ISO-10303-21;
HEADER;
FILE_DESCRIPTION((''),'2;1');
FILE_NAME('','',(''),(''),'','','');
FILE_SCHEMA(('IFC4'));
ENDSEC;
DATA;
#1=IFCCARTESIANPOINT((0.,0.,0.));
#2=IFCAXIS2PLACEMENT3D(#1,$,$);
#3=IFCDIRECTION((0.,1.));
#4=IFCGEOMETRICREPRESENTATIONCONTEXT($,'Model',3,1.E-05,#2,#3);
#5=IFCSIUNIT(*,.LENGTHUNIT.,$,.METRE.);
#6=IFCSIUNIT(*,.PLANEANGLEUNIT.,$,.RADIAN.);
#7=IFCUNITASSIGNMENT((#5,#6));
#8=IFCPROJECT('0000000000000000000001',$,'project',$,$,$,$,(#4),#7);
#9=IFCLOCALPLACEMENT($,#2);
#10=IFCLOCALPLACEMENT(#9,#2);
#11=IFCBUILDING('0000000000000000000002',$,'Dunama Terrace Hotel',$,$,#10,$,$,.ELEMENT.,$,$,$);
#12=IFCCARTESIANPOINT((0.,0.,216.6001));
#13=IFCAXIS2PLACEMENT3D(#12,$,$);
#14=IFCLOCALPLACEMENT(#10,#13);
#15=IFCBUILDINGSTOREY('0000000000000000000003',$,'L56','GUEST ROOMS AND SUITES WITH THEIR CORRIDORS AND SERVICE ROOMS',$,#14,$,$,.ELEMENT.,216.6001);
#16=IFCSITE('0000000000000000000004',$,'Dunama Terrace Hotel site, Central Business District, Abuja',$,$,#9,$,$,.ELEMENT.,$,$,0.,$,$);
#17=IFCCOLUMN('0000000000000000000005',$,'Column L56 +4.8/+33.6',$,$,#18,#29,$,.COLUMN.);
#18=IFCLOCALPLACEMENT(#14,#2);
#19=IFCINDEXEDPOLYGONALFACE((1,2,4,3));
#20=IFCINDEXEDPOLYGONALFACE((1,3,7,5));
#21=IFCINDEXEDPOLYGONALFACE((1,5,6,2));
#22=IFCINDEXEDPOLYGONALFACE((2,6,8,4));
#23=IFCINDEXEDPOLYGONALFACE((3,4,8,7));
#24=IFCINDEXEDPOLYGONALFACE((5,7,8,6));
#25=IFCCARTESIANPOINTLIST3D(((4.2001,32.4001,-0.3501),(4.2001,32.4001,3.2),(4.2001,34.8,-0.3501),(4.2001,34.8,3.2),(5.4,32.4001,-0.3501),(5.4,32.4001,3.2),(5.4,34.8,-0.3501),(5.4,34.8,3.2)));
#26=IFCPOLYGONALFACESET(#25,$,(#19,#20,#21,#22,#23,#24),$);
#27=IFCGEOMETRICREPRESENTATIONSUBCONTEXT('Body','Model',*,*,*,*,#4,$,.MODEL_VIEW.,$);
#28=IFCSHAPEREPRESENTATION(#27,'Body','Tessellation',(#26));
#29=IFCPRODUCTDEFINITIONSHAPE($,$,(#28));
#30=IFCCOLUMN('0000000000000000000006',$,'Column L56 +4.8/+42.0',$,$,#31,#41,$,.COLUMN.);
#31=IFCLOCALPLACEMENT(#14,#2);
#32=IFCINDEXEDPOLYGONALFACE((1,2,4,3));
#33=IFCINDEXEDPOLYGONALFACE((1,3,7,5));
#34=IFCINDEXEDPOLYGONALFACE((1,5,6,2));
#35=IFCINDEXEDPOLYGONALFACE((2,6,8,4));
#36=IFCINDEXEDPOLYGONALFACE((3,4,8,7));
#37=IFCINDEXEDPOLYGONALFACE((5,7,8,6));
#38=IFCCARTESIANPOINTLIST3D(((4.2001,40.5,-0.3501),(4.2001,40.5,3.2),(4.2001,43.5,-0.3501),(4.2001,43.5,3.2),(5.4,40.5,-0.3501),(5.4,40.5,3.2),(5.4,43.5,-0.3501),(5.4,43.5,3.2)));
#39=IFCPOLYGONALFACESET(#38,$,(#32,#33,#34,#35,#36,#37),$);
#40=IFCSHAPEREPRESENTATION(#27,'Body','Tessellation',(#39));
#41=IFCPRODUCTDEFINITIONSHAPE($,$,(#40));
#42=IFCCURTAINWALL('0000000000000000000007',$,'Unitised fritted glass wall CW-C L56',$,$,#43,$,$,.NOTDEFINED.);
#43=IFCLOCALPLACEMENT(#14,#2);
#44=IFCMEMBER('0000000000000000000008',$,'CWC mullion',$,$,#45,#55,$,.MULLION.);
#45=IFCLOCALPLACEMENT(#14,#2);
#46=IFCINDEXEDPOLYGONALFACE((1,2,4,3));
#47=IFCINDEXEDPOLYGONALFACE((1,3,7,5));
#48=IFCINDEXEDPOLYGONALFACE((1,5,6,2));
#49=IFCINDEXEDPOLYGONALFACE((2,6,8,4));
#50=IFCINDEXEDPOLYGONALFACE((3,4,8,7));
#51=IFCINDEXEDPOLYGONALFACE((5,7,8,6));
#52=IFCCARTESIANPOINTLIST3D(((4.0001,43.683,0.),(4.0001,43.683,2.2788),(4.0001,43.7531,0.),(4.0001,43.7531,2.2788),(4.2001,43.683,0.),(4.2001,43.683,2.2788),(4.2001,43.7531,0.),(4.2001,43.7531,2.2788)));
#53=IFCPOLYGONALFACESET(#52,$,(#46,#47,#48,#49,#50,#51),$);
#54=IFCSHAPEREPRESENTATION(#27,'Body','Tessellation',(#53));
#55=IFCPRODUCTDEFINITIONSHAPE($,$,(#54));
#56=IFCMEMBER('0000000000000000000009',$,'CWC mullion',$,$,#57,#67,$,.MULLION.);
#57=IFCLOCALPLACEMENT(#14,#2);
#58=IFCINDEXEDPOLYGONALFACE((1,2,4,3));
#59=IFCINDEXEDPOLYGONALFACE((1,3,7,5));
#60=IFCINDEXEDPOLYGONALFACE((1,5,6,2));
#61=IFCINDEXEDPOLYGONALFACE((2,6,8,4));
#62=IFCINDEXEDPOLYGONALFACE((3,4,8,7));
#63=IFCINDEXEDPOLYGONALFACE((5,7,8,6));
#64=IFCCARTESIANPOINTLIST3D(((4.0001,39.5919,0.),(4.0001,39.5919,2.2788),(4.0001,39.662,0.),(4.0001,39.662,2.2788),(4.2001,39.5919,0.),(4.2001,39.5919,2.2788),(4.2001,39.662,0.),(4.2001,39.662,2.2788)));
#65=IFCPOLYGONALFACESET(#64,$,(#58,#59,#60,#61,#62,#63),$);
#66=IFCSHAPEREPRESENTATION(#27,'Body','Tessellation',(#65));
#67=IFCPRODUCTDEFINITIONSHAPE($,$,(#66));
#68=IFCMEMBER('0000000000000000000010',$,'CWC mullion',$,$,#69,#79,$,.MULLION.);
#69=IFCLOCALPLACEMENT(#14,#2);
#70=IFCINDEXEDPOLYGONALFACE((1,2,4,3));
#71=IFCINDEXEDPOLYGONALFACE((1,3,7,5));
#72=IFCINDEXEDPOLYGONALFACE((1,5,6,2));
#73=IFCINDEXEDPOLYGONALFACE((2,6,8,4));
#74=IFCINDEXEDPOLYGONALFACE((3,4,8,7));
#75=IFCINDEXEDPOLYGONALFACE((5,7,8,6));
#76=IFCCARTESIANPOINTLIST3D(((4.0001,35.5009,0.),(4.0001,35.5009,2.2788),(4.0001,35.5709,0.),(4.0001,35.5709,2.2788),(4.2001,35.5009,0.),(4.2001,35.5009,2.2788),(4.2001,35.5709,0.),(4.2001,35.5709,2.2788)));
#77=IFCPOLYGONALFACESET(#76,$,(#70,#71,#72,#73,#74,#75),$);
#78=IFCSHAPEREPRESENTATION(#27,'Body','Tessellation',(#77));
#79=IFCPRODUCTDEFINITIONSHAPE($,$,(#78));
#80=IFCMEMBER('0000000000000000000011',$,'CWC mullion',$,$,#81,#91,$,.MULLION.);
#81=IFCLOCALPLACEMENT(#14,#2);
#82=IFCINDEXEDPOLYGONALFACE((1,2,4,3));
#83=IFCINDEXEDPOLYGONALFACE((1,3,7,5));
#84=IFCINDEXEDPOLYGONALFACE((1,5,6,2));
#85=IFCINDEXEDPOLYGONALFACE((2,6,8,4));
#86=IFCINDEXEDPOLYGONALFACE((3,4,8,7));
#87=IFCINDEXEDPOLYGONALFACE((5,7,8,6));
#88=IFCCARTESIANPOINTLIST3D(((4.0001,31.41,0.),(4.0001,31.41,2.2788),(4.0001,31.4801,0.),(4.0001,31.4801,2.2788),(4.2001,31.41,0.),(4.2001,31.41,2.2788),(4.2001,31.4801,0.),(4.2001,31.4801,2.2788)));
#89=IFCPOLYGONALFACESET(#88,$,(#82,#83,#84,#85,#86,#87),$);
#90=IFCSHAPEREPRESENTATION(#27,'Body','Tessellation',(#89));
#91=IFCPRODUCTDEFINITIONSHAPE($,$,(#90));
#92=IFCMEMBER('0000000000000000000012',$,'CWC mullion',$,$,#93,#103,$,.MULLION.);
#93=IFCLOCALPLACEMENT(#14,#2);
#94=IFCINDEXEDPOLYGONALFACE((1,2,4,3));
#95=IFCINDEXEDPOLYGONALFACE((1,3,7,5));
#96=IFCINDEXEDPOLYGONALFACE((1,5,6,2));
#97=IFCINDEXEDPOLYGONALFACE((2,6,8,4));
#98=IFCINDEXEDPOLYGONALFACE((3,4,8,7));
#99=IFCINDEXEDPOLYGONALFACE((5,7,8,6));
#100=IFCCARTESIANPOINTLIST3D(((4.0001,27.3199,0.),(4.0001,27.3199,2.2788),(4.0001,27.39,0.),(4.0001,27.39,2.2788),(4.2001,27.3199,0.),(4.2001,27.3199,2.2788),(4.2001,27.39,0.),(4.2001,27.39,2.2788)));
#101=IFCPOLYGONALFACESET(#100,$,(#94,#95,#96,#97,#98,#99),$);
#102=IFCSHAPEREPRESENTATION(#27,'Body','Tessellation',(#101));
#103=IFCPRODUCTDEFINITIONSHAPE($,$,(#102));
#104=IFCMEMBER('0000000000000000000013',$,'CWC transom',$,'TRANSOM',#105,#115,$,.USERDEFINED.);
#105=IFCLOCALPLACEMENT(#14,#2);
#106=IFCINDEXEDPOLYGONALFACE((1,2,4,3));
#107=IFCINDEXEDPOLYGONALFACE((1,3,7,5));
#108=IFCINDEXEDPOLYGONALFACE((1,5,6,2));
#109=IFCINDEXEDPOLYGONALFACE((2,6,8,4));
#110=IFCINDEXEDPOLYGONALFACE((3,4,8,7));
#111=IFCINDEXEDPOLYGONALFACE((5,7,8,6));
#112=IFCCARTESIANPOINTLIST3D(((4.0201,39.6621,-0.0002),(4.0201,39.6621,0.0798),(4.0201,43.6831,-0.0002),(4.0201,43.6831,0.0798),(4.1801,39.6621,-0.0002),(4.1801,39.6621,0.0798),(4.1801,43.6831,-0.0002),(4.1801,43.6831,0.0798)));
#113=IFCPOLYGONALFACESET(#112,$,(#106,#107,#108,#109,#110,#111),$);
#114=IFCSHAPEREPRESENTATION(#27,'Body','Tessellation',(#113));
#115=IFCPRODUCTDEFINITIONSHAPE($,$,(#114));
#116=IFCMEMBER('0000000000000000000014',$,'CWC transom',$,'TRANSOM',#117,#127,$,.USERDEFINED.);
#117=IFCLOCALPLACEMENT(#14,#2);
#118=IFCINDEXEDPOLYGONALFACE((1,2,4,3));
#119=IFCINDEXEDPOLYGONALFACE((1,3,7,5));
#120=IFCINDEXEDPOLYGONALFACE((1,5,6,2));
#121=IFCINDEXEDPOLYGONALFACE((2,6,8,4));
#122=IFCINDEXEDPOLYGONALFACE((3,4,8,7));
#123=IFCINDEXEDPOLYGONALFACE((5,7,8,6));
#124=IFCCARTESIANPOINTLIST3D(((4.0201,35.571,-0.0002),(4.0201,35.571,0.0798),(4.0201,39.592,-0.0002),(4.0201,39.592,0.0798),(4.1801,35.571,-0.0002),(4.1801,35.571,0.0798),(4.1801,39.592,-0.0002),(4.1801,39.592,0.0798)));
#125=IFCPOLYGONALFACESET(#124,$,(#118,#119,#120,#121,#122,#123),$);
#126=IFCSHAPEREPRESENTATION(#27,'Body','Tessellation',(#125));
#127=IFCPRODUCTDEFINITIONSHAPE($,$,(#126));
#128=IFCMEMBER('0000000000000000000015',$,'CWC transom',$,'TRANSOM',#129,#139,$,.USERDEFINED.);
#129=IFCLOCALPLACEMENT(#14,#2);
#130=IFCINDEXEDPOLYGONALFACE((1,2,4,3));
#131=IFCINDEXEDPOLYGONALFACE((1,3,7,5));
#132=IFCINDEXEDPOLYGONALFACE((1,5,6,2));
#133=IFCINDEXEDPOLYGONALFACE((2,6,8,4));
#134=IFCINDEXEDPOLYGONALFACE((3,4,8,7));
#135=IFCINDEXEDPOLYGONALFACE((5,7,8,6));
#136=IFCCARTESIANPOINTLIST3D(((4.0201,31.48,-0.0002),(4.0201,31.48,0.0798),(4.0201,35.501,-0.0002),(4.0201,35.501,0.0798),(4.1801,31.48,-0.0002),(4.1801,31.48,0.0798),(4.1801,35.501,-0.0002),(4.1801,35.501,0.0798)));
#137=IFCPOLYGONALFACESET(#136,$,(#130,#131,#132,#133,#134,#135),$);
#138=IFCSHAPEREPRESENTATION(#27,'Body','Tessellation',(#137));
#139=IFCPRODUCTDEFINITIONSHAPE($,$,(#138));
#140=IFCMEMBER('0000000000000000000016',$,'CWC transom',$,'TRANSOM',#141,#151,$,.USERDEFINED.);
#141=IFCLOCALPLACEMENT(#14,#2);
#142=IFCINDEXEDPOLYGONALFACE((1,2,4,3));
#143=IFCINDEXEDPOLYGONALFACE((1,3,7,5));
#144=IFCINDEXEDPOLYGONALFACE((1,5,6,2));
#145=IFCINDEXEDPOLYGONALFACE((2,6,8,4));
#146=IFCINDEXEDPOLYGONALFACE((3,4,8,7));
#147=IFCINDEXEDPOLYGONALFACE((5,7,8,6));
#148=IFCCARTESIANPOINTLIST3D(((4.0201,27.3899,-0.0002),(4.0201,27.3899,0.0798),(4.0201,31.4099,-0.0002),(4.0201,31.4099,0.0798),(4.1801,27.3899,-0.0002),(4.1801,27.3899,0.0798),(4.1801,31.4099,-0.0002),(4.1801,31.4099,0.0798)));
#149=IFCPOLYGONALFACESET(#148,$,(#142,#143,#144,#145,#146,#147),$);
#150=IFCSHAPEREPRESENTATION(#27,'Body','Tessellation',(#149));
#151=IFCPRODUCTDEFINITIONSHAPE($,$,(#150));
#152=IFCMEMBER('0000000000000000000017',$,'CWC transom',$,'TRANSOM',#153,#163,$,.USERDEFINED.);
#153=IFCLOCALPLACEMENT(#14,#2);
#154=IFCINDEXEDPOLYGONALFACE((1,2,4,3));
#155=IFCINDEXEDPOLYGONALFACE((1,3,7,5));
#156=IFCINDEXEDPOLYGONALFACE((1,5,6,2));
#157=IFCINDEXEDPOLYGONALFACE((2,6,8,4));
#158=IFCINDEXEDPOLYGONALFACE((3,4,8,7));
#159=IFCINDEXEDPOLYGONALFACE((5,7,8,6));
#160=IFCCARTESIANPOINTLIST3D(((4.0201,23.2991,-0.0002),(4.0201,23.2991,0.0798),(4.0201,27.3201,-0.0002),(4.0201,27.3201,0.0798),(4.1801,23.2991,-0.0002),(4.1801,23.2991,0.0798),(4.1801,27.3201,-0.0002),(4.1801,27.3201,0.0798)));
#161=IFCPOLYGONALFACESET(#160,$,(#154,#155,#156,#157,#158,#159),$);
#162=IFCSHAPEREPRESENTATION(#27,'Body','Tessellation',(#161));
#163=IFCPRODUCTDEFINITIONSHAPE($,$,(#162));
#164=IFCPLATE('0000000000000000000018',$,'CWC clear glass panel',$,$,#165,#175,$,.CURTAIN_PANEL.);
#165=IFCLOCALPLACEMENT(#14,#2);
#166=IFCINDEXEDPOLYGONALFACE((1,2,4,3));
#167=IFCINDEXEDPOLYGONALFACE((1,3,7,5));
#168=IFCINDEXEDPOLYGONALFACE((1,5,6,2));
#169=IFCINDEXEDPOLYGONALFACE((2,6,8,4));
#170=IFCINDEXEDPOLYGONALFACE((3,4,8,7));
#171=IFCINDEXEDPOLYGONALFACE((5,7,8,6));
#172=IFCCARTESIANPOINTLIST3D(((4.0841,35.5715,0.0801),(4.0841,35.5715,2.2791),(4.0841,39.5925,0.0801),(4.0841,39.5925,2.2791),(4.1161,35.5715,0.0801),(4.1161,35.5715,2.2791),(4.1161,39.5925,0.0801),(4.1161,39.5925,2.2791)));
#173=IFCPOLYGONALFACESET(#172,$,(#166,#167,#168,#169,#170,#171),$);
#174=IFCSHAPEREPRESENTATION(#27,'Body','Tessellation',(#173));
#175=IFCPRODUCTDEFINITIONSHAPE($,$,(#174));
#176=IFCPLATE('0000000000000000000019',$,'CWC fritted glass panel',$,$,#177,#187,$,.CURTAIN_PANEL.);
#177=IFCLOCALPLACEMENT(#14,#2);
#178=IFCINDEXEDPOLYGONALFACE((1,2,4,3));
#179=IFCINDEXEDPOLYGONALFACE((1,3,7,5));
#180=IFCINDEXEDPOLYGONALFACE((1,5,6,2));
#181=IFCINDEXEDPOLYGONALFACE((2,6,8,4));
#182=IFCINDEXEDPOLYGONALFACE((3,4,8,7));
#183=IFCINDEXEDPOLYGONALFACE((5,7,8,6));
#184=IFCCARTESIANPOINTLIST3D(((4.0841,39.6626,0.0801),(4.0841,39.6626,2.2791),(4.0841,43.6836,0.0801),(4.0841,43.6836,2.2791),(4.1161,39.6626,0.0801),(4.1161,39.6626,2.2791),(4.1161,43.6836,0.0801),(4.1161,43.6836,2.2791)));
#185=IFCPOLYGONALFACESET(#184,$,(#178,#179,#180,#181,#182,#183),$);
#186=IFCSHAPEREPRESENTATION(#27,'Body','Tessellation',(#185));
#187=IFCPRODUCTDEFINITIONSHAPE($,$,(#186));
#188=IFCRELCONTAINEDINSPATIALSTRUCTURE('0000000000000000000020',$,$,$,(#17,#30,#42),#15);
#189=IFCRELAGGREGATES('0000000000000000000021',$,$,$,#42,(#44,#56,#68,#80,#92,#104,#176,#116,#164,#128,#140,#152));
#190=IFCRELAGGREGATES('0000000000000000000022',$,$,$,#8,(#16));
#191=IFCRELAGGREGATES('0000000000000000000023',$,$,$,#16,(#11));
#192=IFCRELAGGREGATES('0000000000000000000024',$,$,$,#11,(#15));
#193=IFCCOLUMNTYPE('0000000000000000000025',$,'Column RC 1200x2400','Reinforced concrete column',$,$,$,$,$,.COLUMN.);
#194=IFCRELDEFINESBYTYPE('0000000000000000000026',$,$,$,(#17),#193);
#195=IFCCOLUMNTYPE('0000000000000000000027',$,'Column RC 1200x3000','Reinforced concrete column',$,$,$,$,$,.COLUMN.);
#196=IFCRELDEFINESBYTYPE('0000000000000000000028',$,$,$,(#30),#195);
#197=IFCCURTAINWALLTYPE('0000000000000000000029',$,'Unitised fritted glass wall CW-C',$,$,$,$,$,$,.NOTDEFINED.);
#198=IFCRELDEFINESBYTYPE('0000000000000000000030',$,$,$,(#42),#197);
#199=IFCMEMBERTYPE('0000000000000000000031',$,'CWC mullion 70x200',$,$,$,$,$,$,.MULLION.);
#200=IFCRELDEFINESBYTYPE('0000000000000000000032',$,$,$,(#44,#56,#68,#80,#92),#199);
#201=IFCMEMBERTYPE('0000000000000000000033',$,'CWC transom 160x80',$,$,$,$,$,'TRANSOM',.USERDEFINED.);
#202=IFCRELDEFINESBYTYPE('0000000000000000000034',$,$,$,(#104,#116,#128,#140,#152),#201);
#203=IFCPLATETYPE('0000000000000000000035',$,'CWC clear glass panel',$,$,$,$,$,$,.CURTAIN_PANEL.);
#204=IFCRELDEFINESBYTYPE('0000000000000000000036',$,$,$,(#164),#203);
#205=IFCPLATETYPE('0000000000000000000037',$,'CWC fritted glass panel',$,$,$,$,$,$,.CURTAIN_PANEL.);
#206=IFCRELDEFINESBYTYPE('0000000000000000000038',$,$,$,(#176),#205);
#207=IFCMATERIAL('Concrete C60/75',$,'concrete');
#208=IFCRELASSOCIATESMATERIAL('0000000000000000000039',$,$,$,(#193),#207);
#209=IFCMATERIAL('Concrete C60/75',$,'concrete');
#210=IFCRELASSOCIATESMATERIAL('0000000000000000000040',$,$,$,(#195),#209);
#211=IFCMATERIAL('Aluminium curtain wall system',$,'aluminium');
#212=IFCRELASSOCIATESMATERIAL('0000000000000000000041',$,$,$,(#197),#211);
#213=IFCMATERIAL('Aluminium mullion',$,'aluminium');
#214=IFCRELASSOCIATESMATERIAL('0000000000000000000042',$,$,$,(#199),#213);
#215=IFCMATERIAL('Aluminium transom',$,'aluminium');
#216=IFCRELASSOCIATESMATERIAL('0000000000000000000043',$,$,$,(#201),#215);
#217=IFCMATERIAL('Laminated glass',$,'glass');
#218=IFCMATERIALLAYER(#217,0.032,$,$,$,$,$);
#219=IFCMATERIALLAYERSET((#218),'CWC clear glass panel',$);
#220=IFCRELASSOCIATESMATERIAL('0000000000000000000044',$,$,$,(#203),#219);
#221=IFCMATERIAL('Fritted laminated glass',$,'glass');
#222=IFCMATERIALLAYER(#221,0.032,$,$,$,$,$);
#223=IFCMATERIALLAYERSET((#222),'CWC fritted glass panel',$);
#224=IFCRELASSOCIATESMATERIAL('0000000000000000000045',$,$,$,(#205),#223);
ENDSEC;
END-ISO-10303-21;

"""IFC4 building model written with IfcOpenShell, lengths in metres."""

from ifc_helpers import new_model, si_unit, direction, frame, origin, origin_2d, place, context, subcontext, project, spatial, rectangle, extrude, material, layer, layer_set, material_profile, profile_set, type_object, element, aggregate, save


model = new_model("IFC4")

# Units and contexts
model_context = context("Model", 3, precision=1e-05, world=origin(), true_north=direction((0.0, 1.0)))
body_context = subcontext(model_context, "Body", "Model", "MODEL_VIEW")
ifc_project = project(units=[si_unit("LENGTHUNIT", "METRE"), si_unit("PLANEANGLEUNIT", "RADIAN")], contexts=[model_context])

# Site, building, storey
site_placement = place(None, origin())
site = spatial("IfcSite", under=ifc_project, at=site_placement, Name="Dunama Terrace Hotel site, Central Business District, Abuja", CompositionType="ELEMENT", RefElevation=0.0)
building_placement = place(site_placement, origin())
building = spatial("IfcBuilding", under=site, at=building_placement, Name="Dunama Terrace Hotel", CompositionType="ELEMENT")
storey_placement = place(building_placement, frame((0.0, 0.0, 216.6001)))
storey = spatial("IfcBuildingStorey", under=building, at=storey_placement, Name="L56", Description="GUEST ROOMS AND SUITES WITH THEIR CORRIDORS AND SERVICE ROOMS", CompositionType="ELEMENT", Elevation=216.6001)

# Columns
ifc_material_1 = material(Name="Concrete C60/75", Category="concrete")
ifc_material_profile_1 = material_profile(ifc_material_1, rectangle(XDim=1.2, YDim=2.3999, at=origin_2d()), Name="RC 1200x2400")
ifc_profile_set_1 = profile_set([ifc_material_profile_1], Name="Concrete C60/75")
column_type_1 = type_object("IfcColumnType", Name="Column RC 1200x2400", Description="Reinforced concrete column", PredefinedType="COLUMN", material=ifc_profile_set_1)
column_1_placement = place(storey_placement, frame((4.8, 33.6001, -0.3501), z_axis=(0.0, 0.0, 1.0), x_axis=(1.0, 0.0, 0.0)))
element("IfcColumn", 1, at=column_1_placement, inside=storey, type_object=column_type_1, Name="Column L56 +4.8/+33.6", PredefinedType="COLUMN", context=body_context, shape_type="SweptSolid", body=[
    extrude(rectangle(XDim=1.2, YDim=2.3999, at=origin_2d()), origin(), (0.0, 0.0, 1.0), 3.55),
])
ifc_material_2 = material(Name="Concrete C60/75", Category="concrete")
ifc_material_profile_2 = material_profile(ifc_material_2, rectangle(XDim=1.2, YDim=3.0, at=origin_2d()), Name="RC 1200x3000")
ifc_profile_set_2 = profile_set([ifc_material_profile_2], Name="Concrete C60/75")
column_type_2 = type_object("IfcColumnType", Name="Column RC 1200x3000", Description="Reinforced concrete column", PredefinedType="COLUMN", material=ifc_profile_set_2)
column_2_placement = place(storey_placement, frame((4.8, 42.0, -0.3501), z_axis=(0.0, 0.0, 1.0), x_axis=(1.0, 0.0, 0.0)))
element("IfcColumn", 2, at=column_2_placement, inside=storey, type_object=column_type_2, Name="Column L56 +4.8/+42.0", PredefinedType="COLUMN", context=body_context, shape_type="SweptSolid", body=[
    extrude(rectangle(XDim=1.2, YDim=3.0, at=origin_2d()), origin(), (0.0, 0.0, 1.0), 3.55),
])

# Curtain wall, members, plates
ifc_material_3 = material(Name="Aluminium curtain wall system", Category="aluminium")
curtain_wall_type = type_object("IfcCurtainWallType", Name="Unitised fritted glass wall CW-C", PredefinedType="NOTDEFINED", material=ifc_material_3)
curtain_wall_placement = place(storey_placement, origin())
curtain_wall = element("IfcCurtainWall", 3, at=curtain_wall_placement, inside=storey, type_object=curtain_wall_type, Name="Unitised fritted glass wall CW-C L56", PredefinedType="NOTDEFINED")
ifc_material_4 = material(Name="Aluminium mullion", Category="aluminium")
ifc_material_profile_3 = material_profile(ifc_material_4, rectangle(XDim=0.0701, YDim=0.2, at=origin_2d()), Name="CWC MULLION 70X200")
ifc_profile_set_3 = profile_set([ifc_material_profile_3], Name="Aluminium mullion")
member_type_1 = type_object("IfcMemberType", Name="CWC mullion 70x200", PredefinedType="MULLION", material=ifc_profile_set_3)
member_1_placement = place(storey_placement, frame((4.1001, 43.718, 0.0), z_axis=(0.0, 0.0, 1.0), x_axis=(0.0, -1.0, 0.0)))
member_1 = element("IfcMember", 4, at=member_1_placement, type_object=member_type_1, Name="CWC mullion", PredefinedType="MULLION", context=body_context, shape_type="SweptSolid", body=[
    extrude(rectangle(XDim=0.0701, YDim=0.2, at=origin_2d()), origin(), (0.0, 0.0, 1.0), 2.2788),
])
member_2_placement = place(storey_placement, frame((4.1001, 39.627, 0.0), z_axis=(0.0, 0.0, 1.0), x_axis=(0.0, -1.0, 0.0)))
member_2 = element("IfcMember", 5, at=member_2_placement, type_object=member_type_1, Name="CWC mullion", PredefinedType="MULLION", context=body_context, shape_type="SweptSolid", body=[
    extrude(rectangle(XDim=0.0701, YDim=0.2, at=origin_2d()), origin(), (0.0, 0.0, 1.0), 2.2788),
])
member_3_placement = place(storey_placement, frame((4.1001, 35.5359, 0.0), z_axis=(0.0, 0.0, 1.0), x_axis=(0.0, -1.0, 0.0)))
member_3 = element("IfcMember", 6, at=member_3_placement, type_object=member_type_1, Name="CWC mullion", PredefinedType="MULLION", context=body_context, shape_type="SweptSolid", body=[
    extrude(rectangle(XDim=0.0701, YDim=0.2, at=origin_2d()), origin(), (0.0, 0.0, 1.0), 2.2788),
])
member_4_placement = place(storey_placement, frame((4.1001, 31.4451, 0.0), z_axis=(0.0, 0.0, 1.0), x_axis=(0.0, -1.0, 0.0)))
member_4 = element("IfcMember", 7, at=member_4_placement, type_object=member_type_1, Name="CWC mullion", PredefinedType="MULLION", context=body_context, shape_type="SweptSolid", body=[
    extrude(rectangle(XDim=0.0701, YDim=0.2, at=origin_2d()), origin(), (0.0, 0.0, 1.0), 2.2788),
])
member_5_placement = place(storey_placement, frame((4.1001, 27.355, 0.0), z_axis=(0.0, 0.0, 1.0), x_axis=(0.0, -1.0, 0.0)))
member_5 = element("IfcMember", 8, at=member_5_placement, type_object=member_type_1, Name="CWC mullion", PredefinedType="MULLION", context=body_context, shape_type="SweptSolid", body=[
    extrude(rectangle(XDim=0.0701, YDim=0.2, at=origin_2d()), origin(), (0.0, 0.0, 1.0), 2.2788),
])
ifc_material_5 = material(Name="Aluminium transom", Category="aluminium")
ifc_material_profile_4 = material_profile(ifc_material_5, rectangle(XDim=0.1599, YDim=0.0801, at=origin_2d()), Name="CWC TRANSOM 160X80")
ifc_profile_set_4 = profile_set([ifc_material_profile_4], Name="Aluminium transom")
member_type_2 = type_object("IfcMemberType", Name="CWC transom 160x80", ElementType="TRANSOM", PredefinedType="USERDEFINED", material=ifc_profile_set_4)
member_6_placement = place(storey_placement, frame((4.1001, 43.6831, 0.0398), z_axis=(0.0, -1.0, 0.0), x_axis=(1.0, 0.0, 0.0)))
member_6 = element("IfcMember", 9, at=member_6_placement, type_object=member_type_2, Name="CWC transom", ObjectType="TRANSOM", PredefinedType="USERDEFINED", context=body_context, shape_type="SweptSolid", body=[
    extrude(rectangle(XDim=0.1599, YDim=0.0801, at=origin_2d()), origin(), (0.0, 0.0, 1.0), 4.021),
])
member_7_placement = place(storey_placement, frame((4.1001, 39.592, 0.0398), z_axis=(0.0, -1.0, 0.0), x_axis=(1.0, 0.0, 0.0)))
member_7 = element("IfcMember", 10, at=member_7_placement, type_object=member_type_2, Name="CWC transom", ObjectType="TRANSOM", PredefinedType="USERDEFINED", context=body_context, shape_type="SweptSolid", body=[
    extrude(rectangle(XDim=0.1599, YDim=0.0801, at=origin_2d()), origin(), (0.0, 0.0, 1.0), 4.021),
])
member_8_placement = place(storey_placement, frame((4.1001, 35.501, 0.0398), z_axis=(0.0, -1.0, 0.0), x_axis=(1.0, 0.0, 0.0)))
member_8 = element("IfcMember", 11, at=member_8_placement, type_object=member_type_2, Name="CWC transom", ObjectType="TRANSOM", PredefinedType="USERDEFINED", context=body_context, shape_type="SweptSolid", body=[
    extrude(rectangle(XDim=0.1599, YDim=0.0801, at=origin_2d()), origin(), (0.0, 0.0, 1.0), 4.021),
])
member_9_placement = place(storey_placement, frame((4.1001, 31.4099, 0.0398), z_axis=(0.0, -1.0, 0.0), x_axis=(1.0, 0.0, 0.0)))
member_9 = element("IfcMember", 12, at=member_9_placement, type_object=member_type_2, Name="CWC transom", ObjectType="TRANSOM", PredefinedType="USERDEFINED", context=body_context, shape_type="SweptSolid", body=[
    extrude(rectangle(XDim=0.1599, YDim=0.0801, at=origin_2d()), origin(), (0.0, 0.0, 1.0), 4.02),
])
member_10_placement = place(storey_placement, frame((4.1001, 27.3201, 0.0398), z_axis=(0.0, -1.0, 0.0), x_axis=(1.0, 0.0, 0.0)))
member_10 = element("IfcMember", 13, at=member_10_placement, type_object=member_type_2, Name="CWC transom", ObjectType="TRANSOM", PredefinedType="USERDEFINED", context=body_context, shape_type="SweptSolid", body=[
    extrude(rectangle(XDim=0.1599, YDim=0.0801, at=origin_2d()), origin(), (0.0, 0.0, 1.0), 4.021),
])
ifc_material_6 = material(Name="Laminated glass", Category="glass")
ifc_layer_1 = layer(ifc_material_6, 0.032)
ifc_layer_set_1 = layer_set([ifc_layer_1], Name="CWC clear glass panel")
plate_type_1 = type_object("IfcPlateType", Name="CWC clear glass panel", PredefinedType="CURTAIN_PANEL", material=ifc_layer_set_1)
plate_1_placement = place(storey_placement, frame((4.1001, 37.582, 0.0801), z_axis=(0.0, 0.0, 1.0), x_axis=(0.0, -1.0, 0.0)))
plate_1 = element("IfcPlate", 14, at=plate_1_placement, type_object=plate_type_1, Name="CWC clear glass panel", PredefinedType="CURTAIN_PANEL", context=body_context, shape_type="SweptSolid", body=[
    extrude(rectangle(XDim=4.021, YDim=0.032, at=origin_2d()), origin(), (0.0, 0.0, 1.0), 2.199),
])
ifc_material_7 = material(Name="Fritted laminated glass", Category="glass")
ifc_layer_2 = layer(ifc_material_7, 0.032)
ifc_layer_set_2 = layer_set([ifc_layer_2], Name="CWC fritted glass panel")
plate_type_2 = type_object("IfcPlateType", Name="CWC fritted glass panel", PredefinedType="CURTAIN_PANEL", material=ifc_layer_set_2)
plate_2_placement = place(storey_placement, frame((4.1001, 41.6731, 0.0801), z_axis=(0.0, 0.0, 1.0), x_axis=(0.0, -1.0, 0.0)))
plate_2 = element("IfcPlate", 15, at=plate_2_placement, type_object=plate_type_2, Name="CWC fritted glass panel", PredefinedType="CURTAIN_PANEL", context=body_context, shape_type="SweptSolid", body=[
    extrude(rectangle(XDim=4.021, YDim=0.032, at=origin_2d()), origin(), (0.0, 0.0, 1.0), 2.199),
])
aggregate(curtain_wall, [member_1, member_2, member_3, member_4, member_5, member_6, plate_2, member_7, plate_1, member_8, member_9, member_10])

save(model, "model.ifc")
